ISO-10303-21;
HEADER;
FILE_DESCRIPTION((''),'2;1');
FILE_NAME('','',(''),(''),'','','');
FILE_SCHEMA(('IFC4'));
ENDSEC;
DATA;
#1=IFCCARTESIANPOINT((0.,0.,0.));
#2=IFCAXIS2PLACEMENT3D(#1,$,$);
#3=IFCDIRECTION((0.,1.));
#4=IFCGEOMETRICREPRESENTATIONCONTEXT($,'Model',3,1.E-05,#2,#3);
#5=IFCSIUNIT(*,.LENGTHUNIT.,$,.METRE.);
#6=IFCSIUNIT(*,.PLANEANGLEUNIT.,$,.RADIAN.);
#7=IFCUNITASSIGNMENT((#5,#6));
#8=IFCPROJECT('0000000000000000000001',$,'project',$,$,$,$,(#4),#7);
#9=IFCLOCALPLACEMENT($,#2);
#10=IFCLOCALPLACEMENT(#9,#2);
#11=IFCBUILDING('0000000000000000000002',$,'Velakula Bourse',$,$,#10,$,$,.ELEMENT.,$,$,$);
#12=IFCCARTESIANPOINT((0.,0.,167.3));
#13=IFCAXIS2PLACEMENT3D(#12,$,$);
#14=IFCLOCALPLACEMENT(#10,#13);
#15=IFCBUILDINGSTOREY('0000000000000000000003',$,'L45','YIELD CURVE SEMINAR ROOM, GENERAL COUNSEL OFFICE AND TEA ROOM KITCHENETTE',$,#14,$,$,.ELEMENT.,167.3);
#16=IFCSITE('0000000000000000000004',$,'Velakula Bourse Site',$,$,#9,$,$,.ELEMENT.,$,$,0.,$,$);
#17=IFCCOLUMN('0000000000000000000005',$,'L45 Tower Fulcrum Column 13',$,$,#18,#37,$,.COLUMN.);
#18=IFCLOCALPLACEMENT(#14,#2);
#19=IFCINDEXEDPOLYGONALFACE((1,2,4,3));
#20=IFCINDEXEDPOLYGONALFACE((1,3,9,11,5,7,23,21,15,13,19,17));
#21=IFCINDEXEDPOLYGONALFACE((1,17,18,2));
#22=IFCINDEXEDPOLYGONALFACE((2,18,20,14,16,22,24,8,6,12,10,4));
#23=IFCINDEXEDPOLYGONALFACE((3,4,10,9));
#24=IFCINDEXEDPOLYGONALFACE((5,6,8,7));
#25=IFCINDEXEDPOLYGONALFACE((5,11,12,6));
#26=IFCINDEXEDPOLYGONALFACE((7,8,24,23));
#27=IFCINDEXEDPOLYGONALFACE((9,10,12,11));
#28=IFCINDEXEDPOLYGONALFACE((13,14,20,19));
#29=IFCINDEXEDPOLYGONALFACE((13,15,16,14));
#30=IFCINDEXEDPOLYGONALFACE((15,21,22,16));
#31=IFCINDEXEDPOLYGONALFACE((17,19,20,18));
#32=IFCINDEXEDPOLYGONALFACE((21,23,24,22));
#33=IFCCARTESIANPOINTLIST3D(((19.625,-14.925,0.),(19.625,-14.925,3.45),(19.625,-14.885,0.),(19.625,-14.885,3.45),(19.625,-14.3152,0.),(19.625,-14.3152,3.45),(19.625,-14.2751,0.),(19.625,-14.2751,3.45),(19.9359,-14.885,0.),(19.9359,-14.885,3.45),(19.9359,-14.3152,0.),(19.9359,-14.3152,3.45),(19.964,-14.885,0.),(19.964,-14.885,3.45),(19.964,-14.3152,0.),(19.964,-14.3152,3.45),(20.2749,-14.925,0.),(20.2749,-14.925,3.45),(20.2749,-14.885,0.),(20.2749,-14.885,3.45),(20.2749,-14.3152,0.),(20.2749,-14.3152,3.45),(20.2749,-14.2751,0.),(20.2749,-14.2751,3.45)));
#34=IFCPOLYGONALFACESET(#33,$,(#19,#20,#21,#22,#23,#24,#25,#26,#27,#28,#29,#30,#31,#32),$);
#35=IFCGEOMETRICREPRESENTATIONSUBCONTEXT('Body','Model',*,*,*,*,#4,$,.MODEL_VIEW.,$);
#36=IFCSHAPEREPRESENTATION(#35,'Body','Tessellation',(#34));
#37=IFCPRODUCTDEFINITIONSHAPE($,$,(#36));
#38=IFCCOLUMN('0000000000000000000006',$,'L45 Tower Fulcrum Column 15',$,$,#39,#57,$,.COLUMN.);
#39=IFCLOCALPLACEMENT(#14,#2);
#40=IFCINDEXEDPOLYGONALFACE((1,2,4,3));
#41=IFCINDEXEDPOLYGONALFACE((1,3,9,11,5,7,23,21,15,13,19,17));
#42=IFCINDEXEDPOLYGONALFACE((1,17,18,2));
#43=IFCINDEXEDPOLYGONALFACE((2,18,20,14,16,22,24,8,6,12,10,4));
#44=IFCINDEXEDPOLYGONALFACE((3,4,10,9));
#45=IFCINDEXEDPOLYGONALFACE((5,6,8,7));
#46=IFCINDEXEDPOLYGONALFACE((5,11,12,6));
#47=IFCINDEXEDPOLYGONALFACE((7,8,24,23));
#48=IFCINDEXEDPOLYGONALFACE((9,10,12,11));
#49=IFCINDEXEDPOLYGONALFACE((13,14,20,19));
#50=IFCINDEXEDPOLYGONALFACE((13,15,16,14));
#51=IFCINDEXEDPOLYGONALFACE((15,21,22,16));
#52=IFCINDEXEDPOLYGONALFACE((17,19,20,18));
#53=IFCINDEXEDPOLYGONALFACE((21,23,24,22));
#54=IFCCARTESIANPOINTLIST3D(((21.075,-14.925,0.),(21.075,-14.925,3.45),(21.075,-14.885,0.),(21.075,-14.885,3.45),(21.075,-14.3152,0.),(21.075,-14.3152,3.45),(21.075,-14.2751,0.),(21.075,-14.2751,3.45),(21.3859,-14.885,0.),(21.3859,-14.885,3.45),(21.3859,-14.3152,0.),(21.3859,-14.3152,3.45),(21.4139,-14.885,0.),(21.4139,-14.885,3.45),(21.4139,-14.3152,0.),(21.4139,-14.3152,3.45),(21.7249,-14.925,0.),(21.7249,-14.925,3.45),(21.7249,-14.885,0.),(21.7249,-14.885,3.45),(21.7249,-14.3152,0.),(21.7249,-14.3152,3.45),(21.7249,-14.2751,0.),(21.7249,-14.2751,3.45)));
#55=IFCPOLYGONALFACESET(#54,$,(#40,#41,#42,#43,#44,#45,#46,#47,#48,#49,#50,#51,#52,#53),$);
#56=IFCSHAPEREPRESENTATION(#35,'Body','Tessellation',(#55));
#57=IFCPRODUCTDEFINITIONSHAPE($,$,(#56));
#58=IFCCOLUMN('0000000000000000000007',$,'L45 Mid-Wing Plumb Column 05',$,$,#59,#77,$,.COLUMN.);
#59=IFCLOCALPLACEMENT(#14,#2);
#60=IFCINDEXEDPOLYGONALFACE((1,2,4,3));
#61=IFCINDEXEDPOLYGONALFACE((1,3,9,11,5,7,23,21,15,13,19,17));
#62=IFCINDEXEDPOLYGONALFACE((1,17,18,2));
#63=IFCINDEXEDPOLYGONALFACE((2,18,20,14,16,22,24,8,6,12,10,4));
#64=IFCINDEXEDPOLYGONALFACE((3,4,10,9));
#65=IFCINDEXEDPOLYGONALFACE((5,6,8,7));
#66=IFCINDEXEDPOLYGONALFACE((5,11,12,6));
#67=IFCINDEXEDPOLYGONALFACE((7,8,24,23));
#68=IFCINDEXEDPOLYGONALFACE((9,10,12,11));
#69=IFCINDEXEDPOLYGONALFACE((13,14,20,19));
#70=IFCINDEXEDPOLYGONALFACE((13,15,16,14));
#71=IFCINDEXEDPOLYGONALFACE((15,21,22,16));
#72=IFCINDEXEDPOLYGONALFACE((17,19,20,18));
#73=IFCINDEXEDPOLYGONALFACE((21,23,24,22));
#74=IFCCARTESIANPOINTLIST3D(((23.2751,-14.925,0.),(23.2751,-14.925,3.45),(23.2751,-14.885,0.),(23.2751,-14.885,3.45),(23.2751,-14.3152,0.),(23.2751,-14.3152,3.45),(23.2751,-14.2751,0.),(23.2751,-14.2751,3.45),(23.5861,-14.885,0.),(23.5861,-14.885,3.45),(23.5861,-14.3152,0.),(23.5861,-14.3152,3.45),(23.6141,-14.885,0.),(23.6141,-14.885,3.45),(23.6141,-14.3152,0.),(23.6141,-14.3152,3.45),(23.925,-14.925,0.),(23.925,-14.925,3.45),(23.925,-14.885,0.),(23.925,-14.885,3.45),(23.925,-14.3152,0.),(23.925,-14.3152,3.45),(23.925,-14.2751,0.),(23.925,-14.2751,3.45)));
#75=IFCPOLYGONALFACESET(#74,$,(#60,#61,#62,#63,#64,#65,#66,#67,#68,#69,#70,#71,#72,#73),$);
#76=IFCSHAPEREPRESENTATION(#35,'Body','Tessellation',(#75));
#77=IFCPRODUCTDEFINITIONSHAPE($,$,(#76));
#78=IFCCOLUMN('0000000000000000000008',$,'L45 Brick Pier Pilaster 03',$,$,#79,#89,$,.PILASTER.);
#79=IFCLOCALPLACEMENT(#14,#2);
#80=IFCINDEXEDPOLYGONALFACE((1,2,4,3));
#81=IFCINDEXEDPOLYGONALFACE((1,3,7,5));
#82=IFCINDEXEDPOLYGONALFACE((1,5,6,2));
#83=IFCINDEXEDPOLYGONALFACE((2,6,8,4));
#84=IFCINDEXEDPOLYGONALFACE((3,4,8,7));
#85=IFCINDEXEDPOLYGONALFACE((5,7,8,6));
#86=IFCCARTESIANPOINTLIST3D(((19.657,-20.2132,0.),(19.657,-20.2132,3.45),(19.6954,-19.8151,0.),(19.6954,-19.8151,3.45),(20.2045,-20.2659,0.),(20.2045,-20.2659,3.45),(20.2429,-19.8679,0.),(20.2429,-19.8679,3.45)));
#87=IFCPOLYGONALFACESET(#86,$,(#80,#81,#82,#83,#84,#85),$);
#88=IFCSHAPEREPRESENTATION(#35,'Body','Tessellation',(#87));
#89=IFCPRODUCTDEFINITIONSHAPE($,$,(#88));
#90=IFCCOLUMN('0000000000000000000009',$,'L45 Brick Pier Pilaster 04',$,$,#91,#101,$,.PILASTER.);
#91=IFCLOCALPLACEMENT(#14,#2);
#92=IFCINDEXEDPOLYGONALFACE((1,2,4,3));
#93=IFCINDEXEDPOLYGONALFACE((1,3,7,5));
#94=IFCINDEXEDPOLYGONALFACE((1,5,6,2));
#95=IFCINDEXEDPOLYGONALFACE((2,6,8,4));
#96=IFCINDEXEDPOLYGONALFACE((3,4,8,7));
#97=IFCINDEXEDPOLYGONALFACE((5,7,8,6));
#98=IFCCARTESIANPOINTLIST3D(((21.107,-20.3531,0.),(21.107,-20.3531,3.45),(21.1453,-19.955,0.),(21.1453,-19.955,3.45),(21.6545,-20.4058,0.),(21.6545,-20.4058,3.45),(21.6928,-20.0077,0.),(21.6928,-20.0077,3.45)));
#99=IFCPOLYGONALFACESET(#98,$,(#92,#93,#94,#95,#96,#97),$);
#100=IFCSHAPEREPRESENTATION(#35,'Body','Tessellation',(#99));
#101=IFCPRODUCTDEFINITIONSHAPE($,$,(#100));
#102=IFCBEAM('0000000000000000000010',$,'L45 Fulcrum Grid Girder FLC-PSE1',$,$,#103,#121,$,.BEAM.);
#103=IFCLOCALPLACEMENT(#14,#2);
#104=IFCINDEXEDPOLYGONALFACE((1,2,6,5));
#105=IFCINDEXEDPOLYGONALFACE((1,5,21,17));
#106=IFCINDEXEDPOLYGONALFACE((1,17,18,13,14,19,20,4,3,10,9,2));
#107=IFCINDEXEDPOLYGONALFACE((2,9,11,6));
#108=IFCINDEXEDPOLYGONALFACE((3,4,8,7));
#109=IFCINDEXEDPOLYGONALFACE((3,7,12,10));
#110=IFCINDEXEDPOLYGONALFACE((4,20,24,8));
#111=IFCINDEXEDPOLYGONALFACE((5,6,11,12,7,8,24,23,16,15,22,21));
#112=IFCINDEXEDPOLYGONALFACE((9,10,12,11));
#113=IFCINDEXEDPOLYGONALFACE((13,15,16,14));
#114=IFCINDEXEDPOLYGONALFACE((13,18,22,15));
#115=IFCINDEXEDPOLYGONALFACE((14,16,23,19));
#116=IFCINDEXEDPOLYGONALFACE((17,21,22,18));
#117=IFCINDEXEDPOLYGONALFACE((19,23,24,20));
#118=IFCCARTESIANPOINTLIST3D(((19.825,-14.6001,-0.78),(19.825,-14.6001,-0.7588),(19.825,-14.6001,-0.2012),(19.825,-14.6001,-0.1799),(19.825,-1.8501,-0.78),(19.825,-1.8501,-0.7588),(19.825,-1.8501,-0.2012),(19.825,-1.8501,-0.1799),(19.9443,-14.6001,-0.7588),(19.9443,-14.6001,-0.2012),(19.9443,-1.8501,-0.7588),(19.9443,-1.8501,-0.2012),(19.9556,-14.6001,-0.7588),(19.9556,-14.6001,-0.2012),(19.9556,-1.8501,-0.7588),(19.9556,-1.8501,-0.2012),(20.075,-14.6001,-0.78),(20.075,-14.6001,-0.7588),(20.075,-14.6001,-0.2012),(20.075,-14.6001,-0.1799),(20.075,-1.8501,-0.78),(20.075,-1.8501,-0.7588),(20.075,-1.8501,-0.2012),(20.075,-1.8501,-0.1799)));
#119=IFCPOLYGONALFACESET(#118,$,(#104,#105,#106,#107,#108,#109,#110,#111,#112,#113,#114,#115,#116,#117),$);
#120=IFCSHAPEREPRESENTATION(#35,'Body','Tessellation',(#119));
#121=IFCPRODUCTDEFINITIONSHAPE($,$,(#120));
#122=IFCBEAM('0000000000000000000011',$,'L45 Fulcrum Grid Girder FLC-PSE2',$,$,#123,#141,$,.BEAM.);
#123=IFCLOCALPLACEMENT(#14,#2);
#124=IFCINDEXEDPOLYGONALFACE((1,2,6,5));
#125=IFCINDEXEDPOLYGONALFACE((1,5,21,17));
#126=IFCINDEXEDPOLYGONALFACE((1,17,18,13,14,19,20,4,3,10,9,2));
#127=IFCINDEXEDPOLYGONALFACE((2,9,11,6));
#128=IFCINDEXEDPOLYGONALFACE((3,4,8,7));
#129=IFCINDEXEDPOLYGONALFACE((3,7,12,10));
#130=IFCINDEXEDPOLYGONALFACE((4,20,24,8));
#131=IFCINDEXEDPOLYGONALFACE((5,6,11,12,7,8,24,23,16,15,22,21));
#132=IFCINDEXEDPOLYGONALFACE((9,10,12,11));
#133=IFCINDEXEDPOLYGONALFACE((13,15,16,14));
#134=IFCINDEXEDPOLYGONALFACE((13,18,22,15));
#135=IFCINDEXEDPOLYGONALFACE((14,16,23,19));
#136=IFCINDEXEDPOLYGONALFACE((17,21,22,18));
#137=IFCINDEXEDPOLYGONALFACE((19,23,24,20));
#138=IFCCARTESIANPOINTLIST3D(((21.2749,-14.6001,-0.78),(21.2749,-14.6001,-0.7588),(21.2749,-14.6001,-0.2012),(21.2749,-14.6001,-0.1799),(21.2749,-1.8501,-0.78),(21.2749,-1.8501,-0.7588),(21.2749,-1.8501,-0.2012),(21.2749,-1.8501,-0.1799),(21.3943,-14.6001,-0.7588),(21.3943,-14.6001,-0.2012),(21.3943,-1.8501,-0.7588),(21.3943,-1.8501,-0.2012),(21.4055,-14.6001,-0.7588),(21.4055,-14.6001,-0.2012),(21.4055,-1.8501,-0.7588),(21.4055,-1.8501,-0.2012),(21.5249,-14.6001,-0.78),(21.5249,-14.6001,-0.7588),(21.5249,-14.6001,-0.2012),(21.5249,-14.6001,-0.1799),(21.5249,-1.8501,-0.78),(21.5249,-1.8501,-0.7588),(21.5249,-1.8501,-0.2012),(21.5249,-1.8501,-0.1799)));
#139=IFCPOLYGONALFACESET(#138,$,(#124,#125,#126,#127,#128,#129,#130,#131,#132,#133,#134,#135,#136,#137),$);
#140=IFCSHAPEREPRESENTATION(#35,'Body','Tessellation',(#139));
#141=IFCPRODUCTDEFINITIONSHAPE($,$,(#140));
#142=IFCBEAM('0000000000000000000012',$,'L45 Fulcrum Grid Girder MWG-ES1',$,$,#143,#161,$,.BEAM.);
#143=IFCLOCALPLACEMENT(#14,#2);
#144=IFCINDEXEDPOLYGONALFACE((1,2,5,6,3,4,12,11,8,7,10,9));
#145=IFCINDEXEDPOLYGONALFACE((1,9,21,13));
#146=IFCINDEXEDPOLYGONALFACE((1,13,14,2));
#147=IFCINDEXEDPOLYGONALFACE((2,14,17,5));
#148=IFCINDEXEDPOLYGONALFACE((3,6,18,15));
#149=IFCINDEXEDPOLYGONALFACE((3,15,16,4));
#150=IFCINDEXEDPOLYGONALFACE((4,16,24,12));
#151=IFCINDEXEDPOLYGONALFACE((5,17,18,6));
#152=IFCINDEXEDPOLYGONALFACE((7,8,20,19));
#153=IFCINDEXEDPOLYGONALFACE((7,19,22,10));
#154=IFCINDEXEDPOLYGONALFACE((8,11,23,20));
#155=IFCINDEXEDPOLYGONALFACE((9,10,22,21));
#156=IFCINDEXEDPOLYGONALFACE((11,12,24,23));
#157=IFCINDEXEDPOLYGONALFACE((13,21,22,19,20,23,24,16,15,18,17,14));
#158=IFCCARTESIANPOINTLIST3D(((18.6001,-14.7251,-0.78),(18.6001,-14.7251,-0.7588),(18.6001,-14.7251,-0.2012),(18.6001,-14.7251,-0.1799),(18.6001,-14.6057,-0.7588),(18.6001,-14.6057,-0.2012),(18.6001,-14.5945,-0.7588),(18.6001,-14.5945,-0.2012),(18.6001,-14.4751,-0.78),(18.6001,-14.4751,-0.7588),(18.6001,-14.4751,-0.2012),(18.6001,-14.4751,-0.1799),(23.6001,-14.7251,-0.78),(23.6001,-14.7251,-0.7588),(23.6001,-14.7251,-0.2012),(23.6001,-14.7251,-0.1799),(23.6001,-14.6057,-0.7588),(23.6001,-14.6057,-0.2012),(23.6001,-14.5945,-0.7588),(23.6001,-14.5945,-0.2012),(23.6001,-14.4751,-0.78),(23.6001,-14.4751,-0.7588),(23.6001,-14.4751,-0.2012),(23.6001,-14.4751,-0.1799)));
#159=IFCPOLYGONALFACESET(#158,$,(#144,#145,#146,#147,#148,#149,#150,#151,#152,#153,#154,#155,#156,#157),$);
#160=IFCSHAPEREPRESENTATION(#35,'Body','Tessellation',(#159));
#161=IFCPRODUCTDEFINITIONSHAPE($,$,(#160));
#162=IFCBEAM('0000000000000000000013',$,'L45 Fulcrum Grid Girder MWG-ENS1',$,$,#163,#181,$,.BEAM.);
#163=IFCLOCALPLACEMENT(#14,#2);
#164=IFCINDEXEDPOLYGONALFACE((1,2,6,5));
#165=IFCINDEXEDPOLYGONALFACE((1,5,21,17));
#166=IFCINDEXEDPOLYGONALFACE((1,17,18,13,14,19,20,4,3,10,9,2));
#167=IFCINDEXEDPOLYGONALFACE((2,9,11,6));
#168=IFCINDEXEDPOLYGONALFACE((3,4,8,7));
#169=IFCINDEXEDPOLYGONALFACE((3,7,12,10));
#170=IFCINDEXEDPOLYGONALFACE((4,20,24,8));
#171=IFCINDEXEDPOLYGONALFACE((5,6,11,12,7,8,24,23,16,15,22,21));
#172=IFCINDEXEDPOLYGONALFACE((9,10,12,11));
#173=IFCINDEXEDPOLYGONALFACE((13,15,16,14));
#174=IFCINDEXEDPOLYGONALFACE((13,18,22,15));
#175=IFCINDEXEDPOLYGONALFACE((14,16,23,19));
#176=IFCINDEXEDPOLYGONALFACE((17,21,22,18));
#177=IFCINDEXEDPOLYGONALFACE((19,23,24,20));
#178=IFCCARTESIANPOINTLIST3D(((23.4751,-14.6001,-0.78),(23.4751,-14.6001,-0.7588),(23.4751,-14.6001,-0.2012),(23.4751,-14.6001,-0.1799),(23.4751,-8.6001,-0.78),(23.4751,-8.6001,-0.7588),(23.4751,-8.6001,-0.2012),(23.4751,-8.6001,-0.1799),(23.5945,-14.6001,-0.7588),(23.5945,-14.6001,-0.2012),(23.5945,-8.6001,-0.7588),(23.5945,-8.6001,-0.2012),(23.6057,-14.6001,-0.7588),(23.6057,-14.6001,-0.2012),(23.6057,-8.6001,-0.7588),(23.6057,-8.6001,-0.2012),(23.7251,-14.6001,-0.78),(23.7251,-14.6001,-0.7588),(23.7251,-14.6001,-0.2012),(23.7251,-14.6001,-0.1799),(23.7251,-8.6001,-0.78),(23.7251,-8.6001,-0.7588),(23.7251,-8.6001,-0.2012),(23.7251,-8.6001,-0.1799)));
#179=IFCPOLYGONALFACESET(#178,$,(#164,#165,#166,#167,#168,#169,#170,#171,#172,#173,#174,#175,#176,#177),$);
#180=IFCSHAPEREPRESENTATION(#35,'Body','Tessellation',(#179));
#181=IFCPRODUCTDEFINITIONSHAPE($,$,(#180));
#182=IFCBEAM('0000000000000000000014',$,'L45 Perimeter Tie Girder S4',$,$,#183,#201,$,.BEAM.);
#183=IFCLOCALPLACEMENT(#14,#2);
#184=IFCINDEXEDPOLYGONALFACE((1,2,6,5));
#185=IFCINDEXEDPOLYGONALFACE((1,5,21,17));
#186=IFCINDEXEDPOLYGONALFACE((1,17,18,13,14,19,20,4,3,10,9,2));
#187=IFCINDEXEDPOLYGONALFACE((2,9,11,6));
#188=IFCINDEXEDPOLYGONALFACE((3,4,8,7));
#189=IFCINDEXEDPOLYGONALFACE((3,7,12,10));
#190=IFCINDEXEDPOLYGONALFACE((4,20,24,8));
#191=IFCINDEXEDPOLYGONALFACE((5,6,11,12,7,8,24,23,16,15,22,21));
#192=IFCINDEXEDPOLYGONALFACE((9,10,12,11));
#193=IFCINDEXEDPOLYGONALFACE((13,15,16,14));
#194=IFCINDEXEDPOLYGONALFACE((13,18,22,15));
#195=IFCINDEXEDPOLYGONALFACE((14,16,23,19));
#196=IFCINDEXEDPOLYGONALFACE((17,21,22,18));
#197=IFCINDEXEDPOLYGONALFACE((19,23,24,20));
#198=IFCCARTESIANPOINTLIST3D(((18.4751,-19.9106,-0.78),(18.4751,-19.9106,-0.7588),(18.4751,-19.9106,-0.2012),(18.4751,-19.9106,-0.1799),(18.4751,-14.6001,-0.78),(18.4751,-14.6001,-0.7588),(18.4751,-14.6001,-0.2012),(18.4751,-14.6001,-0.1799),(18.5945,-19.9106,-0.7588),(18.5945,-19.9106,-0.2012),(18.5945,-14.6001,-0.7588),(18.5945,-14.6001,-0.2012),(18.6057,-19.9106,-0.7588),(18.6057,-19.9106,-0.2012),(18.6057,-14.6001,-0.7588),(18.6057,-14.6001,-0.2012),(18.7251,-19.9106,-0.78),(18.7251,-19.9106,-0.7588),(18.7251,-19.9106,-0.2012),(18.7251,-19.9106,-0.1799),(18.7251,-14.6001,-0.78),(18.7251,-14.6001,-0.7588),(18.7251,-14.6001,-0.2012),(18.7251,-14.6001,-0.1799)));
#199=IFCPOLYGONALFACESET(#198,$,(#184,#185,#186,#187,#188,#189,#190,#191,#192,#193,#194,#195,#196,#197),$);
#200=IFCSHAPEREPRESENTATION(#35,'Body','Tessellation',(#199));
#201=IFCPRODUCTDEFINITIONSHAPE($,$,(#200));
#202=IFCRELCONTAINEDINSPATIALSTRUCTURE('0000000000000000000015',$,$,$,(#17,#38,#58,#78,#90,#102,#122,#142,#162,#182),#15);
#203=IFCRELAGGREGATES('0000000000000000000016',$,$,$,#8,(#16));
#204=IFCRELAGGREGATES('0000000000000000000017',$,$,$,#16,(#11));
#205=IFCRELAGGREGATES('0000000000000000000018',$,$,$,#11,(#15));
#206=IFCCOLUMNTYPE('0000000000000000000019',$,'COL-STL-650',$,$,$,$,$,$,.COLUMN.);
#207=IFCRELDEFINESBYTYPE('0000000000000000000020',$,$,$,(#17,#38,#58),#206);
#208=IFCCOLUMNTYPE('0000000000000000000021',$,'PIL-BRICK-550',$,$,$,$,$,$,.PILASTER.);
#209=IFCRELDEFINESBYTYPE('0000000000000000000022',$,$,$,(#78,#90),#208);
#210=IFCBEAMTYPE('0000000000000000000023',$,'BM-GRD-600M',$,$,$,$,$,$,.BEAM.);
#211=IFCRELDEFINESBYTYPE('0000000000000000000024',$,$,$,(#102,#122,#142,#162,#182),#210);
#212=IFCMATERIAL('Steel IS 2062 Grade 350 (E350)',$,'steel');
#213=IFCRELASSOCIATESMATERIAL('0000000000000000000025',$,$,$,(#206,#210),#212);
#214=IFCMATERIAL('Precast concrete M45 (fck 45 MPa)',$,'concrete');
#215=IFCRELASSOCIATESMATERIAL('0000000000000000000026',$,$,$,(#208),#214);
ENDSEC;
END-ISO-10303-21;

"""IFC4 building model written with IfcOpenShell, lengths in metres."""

from ifc_helpers import new_model, si_unit, direction, frame, origin, origin_2d, place, context, subcontext, project, spatial, rectangle, i_section, extrude, material, material_profile, profile_set, type_object, element, save


model = new_model("IFC4")

# Units and contexts
model_context = context("Model", 3, precision=1e-05, world=origin(), true_north=direction((0.0, 1.0)))
body_context = subcontext(model_context, "Body", "Model", "MODEL_VIEW")
ifc_project = project(units=[si_unit("LENGTHUNIT", "METRE"), si_unit("PLANEANGLEUNIT", "RADIAN")], contexts=[model_context])

# Site, building, storey
site_placement = place(None, origin())
site = spatial("IfcSite", under=ifc_project, at=site_placement, Name="Velakula Bourse Site", CompositionType="ELEMENT", RefElevation=0.0)
building_placement = place(site_placement, origin())
building = spatial("IfcBuilding", under=site, at=building_placement, Name="Velakula Bourse", CompositionType="ELEMENT")
storey_placement = place(building_placement, frame((0.0, 0.0, 167.3)))
storey = spatial("IfcBuildingStorey", under=building, at=storey_placement, Name="L45", Description="YIELD CURVE SEMINAR ROOM, GENERAL COUNSEL OFFICE AND TEA ROOM KITCHENETTE", CompositionType="ELEMENT", Elevation=167.3)

# Columns
ifc_material_1 = material(Name="Steel IS 2062 Grade 350 (E350)", Category="steel")
ifc_material_profile_1 = material_profile(ifc_material_1, i_section(OverallWidth=0.6499, OverallDepth=0.6499, WebThickness=0.0281, FlangeThickness=0.04, at=origin_2d()), Name="Steel IS 2062 Grade 350 (E350)")
ifc_profile_set_1 = profile_set([ifc_material_profile_1], Name="Steel IS 2062 Grade 350 (E350)")
column_type_1 = type_object("IfcColumnType", Name="COL-STL-650", PredefinedType="COLUMN", material=ifc_profile_set_1)
for number, where, z_axis, x_axis, name in (
    (1, (19.95, -14.6001, 0.0), (0.0, 0.0, 1.0), (1.0, 0.0, 0.0), "L45 Tower Fulcrum Column 13"),
    (2, (21.3999, -14.6001, 0.0), (0.0, 0.0, 1.0), (1.0, 0.0, 0.0), "L45 Tower Fulcrum Column 15"),
    (3, (23.6001, -14.6001, 0.0), (0.0, 0.0, 1.0), (1.0, 0.0, 0.0), "L45 Mid-Wing Plumb Column 05"),
):
    element("IfcColumn", number, at=place(storey_placement, frame(where, z_axis=z_axis, x_axis=x_axis)), inside=storey, type_object=column_type_1, Name=name, PredefinedType="COLUMN", context=body_context, shape_type="SweptSolid", body=[
        extrude(i_section(OverallWidth=0.6499, OverallDepth=0.6499, WebThickness=0.0281, FlangeThickness=0.04, at=origin_2d()), origin(), (0.0, 0.0, 1.0), 3.45),
    ])
ifc_material_2 = material(Name="Precast concrete M45 (fck 45 MPa)", Category="concrete")
ifc_material_profile_2 = material_profile(ifc_material_2, rectangle(XDim=0.55, YDim=0.3999, at=origin_2d()), Name="Precast concrete M45 (fck 45 MPa)")
ifc_profile_set_2 = profile_set([ifc_material_profile_2], Name="Precast concrete M45 (fck 45 MPa)")
column_type_2 = type_object("IfcColumnType", Name="PIL-BRICK-550", PredefinedType="PILASTER", material=ifc_profile_set_2)
for number, where, z_axis, x_axis, name in (
    (4, (19.95, -20.0405, 0.0), (0.0, 0.0, 1.0), (0.995396, -0.095846, 0.0), "L45 Brick Pier Pilaster 03"),
    (5, (21.3999, -20.1804, 0.0), (0.0, 0.0, 1.0), (0.995396, -0.095846, 0.0), "L45 Brick Pier Pilaster 04"),
):
    element("IfcColumn", number, at=place(storey_placement, frame(where, z_axis=z_axis, x_axis=x_axis)), inside=storey, type_object=column_type_2, Name=name, PredefinedType="PILASTER", context=body_context, shape_type="SweptSolid", body=[
        extrude(rectangle(XDim=0.55, YDim=0.3999, at=origin_2d()), origin(), (0.0, 0.0, 1.0), 3.45),
    ])

# Beams
ifc_material_profile_3 = material_profile(ifc_material_1, i_section(OverallWidth=0.25, OverallDepth=0.6001, WebThickness=0.0112, FlangeThickness=0.0212, at=origin_2d()), Name="Steel IS 2062 Grade 350 (E350)")
ifc_profile_set_3 = profile_set([ifc_material_profile_3], Name="Steel IS 2062 Grade 350 (E350)")
beam_type_1 = type_object("IfcBeamType", Name="BM-GRD-600M", PredefinedType="BEAM", material=ifc_profile_set_3)
for number, where, z_axis, x_axis, name in (
    (6, (19.95, -14.6001, -0.48), (0.0, 1.0, 0.0), (-1.0, 0.0, 0.0), "L45 Fulcrum Grid Girder FLC-PSE1"),
    (7, (21.3999, -14.6001, -0.48), (0.0, 1.0, 0.0), (-1.0, 0.0, 0.0), "L45 Fulcrum Grid Girder FLC-PSE2"),
):
    element("IfcBeam", number, at=place(storey_placement, frame(where, z_axis=z_axis, x_axis=x_axis)), inside=storey, type_object=beam_type_1, Name=name, PredefinedType="BEAM", context=body_context, shape_type="SweptSolid", body=[
        extrude(i_section(OverallWidth=0.25, OverallDepth=0.6001, WebThickness=0.0112, FlangeThickness=0.0212, at=origin_2d()), origin(), (0.0, 0.0, 1.0), 12.75),
    ])
beam_1_placement = place(storey_placement, frame((18.6001, -14.6001, -0.48), z_axis=(1.0, 0.0, 0.0), x_axis=(0.0, 1.0, 0.0)))
element("IfcBeam", 8, at=beam_1_placement, inside=storey, type_object=beam_type_1, Name="L45 Fulcrum Grid Girder MWG-ES1", PredefinedType="BEAM", context=body_context, shape_type="SweptSolid", body=[
    extrude(i_section(OverallWidth=0.25, OverallDepth=0.6001, WebThickness=0.0112, FlangeThickness=0.0212, at=origin_2d()), origin(), (0.0, 0.0, 1.0), 5.0),
])
beam_2_placement = place(storey_placement, frame((23.6001, -14.6001, -0.48), z_axis=(0.0, 1.0, 0.0), x_axis=(-1.0, 0.0, 0.0)))
element("IfcBeam", 9, at=beam_2_placement, inside=storey, type_object=beam_type_1, Name="L45 Fulcrum Grid Girder MWG-ENS1", PredefinedType="BEAM", context=body_context, shape_type="SweptSolid", body=[
    extrude(i_section(OverallWidth=0.25, OverallDepth=0.6001, WebThickness=0.0112, FlangeThickness=0.0212, at=origin_2d()), origin(), (0.0, 0.0, 1.0), 6.0),
])
beam_3_placement = place(storey_placement, frame((18.6001, -14.6001, -0.48), z_axis=(0.0, -1.0, 0.0), x_axis=(1.0, 0.0, 0.0)))
element("IfcBeam", 10, at=beam_3_placement, inside=storey, type_object=beam_type_1, Name="L45 Perimeter Tie Girder S4", PredefinedType="BEAM", context=body_context, shape_type="SweptSolid", body=[
    extrude(i_section(OverallWidth=0.25, OverallDepth=0.6001, WebThickness=0.0112, FlangeThickness=0.0212, at=origin_2d()), origin(), (0.0, 0.0, 1.0), 5.3105),
])

save(model, "model.ifc")
